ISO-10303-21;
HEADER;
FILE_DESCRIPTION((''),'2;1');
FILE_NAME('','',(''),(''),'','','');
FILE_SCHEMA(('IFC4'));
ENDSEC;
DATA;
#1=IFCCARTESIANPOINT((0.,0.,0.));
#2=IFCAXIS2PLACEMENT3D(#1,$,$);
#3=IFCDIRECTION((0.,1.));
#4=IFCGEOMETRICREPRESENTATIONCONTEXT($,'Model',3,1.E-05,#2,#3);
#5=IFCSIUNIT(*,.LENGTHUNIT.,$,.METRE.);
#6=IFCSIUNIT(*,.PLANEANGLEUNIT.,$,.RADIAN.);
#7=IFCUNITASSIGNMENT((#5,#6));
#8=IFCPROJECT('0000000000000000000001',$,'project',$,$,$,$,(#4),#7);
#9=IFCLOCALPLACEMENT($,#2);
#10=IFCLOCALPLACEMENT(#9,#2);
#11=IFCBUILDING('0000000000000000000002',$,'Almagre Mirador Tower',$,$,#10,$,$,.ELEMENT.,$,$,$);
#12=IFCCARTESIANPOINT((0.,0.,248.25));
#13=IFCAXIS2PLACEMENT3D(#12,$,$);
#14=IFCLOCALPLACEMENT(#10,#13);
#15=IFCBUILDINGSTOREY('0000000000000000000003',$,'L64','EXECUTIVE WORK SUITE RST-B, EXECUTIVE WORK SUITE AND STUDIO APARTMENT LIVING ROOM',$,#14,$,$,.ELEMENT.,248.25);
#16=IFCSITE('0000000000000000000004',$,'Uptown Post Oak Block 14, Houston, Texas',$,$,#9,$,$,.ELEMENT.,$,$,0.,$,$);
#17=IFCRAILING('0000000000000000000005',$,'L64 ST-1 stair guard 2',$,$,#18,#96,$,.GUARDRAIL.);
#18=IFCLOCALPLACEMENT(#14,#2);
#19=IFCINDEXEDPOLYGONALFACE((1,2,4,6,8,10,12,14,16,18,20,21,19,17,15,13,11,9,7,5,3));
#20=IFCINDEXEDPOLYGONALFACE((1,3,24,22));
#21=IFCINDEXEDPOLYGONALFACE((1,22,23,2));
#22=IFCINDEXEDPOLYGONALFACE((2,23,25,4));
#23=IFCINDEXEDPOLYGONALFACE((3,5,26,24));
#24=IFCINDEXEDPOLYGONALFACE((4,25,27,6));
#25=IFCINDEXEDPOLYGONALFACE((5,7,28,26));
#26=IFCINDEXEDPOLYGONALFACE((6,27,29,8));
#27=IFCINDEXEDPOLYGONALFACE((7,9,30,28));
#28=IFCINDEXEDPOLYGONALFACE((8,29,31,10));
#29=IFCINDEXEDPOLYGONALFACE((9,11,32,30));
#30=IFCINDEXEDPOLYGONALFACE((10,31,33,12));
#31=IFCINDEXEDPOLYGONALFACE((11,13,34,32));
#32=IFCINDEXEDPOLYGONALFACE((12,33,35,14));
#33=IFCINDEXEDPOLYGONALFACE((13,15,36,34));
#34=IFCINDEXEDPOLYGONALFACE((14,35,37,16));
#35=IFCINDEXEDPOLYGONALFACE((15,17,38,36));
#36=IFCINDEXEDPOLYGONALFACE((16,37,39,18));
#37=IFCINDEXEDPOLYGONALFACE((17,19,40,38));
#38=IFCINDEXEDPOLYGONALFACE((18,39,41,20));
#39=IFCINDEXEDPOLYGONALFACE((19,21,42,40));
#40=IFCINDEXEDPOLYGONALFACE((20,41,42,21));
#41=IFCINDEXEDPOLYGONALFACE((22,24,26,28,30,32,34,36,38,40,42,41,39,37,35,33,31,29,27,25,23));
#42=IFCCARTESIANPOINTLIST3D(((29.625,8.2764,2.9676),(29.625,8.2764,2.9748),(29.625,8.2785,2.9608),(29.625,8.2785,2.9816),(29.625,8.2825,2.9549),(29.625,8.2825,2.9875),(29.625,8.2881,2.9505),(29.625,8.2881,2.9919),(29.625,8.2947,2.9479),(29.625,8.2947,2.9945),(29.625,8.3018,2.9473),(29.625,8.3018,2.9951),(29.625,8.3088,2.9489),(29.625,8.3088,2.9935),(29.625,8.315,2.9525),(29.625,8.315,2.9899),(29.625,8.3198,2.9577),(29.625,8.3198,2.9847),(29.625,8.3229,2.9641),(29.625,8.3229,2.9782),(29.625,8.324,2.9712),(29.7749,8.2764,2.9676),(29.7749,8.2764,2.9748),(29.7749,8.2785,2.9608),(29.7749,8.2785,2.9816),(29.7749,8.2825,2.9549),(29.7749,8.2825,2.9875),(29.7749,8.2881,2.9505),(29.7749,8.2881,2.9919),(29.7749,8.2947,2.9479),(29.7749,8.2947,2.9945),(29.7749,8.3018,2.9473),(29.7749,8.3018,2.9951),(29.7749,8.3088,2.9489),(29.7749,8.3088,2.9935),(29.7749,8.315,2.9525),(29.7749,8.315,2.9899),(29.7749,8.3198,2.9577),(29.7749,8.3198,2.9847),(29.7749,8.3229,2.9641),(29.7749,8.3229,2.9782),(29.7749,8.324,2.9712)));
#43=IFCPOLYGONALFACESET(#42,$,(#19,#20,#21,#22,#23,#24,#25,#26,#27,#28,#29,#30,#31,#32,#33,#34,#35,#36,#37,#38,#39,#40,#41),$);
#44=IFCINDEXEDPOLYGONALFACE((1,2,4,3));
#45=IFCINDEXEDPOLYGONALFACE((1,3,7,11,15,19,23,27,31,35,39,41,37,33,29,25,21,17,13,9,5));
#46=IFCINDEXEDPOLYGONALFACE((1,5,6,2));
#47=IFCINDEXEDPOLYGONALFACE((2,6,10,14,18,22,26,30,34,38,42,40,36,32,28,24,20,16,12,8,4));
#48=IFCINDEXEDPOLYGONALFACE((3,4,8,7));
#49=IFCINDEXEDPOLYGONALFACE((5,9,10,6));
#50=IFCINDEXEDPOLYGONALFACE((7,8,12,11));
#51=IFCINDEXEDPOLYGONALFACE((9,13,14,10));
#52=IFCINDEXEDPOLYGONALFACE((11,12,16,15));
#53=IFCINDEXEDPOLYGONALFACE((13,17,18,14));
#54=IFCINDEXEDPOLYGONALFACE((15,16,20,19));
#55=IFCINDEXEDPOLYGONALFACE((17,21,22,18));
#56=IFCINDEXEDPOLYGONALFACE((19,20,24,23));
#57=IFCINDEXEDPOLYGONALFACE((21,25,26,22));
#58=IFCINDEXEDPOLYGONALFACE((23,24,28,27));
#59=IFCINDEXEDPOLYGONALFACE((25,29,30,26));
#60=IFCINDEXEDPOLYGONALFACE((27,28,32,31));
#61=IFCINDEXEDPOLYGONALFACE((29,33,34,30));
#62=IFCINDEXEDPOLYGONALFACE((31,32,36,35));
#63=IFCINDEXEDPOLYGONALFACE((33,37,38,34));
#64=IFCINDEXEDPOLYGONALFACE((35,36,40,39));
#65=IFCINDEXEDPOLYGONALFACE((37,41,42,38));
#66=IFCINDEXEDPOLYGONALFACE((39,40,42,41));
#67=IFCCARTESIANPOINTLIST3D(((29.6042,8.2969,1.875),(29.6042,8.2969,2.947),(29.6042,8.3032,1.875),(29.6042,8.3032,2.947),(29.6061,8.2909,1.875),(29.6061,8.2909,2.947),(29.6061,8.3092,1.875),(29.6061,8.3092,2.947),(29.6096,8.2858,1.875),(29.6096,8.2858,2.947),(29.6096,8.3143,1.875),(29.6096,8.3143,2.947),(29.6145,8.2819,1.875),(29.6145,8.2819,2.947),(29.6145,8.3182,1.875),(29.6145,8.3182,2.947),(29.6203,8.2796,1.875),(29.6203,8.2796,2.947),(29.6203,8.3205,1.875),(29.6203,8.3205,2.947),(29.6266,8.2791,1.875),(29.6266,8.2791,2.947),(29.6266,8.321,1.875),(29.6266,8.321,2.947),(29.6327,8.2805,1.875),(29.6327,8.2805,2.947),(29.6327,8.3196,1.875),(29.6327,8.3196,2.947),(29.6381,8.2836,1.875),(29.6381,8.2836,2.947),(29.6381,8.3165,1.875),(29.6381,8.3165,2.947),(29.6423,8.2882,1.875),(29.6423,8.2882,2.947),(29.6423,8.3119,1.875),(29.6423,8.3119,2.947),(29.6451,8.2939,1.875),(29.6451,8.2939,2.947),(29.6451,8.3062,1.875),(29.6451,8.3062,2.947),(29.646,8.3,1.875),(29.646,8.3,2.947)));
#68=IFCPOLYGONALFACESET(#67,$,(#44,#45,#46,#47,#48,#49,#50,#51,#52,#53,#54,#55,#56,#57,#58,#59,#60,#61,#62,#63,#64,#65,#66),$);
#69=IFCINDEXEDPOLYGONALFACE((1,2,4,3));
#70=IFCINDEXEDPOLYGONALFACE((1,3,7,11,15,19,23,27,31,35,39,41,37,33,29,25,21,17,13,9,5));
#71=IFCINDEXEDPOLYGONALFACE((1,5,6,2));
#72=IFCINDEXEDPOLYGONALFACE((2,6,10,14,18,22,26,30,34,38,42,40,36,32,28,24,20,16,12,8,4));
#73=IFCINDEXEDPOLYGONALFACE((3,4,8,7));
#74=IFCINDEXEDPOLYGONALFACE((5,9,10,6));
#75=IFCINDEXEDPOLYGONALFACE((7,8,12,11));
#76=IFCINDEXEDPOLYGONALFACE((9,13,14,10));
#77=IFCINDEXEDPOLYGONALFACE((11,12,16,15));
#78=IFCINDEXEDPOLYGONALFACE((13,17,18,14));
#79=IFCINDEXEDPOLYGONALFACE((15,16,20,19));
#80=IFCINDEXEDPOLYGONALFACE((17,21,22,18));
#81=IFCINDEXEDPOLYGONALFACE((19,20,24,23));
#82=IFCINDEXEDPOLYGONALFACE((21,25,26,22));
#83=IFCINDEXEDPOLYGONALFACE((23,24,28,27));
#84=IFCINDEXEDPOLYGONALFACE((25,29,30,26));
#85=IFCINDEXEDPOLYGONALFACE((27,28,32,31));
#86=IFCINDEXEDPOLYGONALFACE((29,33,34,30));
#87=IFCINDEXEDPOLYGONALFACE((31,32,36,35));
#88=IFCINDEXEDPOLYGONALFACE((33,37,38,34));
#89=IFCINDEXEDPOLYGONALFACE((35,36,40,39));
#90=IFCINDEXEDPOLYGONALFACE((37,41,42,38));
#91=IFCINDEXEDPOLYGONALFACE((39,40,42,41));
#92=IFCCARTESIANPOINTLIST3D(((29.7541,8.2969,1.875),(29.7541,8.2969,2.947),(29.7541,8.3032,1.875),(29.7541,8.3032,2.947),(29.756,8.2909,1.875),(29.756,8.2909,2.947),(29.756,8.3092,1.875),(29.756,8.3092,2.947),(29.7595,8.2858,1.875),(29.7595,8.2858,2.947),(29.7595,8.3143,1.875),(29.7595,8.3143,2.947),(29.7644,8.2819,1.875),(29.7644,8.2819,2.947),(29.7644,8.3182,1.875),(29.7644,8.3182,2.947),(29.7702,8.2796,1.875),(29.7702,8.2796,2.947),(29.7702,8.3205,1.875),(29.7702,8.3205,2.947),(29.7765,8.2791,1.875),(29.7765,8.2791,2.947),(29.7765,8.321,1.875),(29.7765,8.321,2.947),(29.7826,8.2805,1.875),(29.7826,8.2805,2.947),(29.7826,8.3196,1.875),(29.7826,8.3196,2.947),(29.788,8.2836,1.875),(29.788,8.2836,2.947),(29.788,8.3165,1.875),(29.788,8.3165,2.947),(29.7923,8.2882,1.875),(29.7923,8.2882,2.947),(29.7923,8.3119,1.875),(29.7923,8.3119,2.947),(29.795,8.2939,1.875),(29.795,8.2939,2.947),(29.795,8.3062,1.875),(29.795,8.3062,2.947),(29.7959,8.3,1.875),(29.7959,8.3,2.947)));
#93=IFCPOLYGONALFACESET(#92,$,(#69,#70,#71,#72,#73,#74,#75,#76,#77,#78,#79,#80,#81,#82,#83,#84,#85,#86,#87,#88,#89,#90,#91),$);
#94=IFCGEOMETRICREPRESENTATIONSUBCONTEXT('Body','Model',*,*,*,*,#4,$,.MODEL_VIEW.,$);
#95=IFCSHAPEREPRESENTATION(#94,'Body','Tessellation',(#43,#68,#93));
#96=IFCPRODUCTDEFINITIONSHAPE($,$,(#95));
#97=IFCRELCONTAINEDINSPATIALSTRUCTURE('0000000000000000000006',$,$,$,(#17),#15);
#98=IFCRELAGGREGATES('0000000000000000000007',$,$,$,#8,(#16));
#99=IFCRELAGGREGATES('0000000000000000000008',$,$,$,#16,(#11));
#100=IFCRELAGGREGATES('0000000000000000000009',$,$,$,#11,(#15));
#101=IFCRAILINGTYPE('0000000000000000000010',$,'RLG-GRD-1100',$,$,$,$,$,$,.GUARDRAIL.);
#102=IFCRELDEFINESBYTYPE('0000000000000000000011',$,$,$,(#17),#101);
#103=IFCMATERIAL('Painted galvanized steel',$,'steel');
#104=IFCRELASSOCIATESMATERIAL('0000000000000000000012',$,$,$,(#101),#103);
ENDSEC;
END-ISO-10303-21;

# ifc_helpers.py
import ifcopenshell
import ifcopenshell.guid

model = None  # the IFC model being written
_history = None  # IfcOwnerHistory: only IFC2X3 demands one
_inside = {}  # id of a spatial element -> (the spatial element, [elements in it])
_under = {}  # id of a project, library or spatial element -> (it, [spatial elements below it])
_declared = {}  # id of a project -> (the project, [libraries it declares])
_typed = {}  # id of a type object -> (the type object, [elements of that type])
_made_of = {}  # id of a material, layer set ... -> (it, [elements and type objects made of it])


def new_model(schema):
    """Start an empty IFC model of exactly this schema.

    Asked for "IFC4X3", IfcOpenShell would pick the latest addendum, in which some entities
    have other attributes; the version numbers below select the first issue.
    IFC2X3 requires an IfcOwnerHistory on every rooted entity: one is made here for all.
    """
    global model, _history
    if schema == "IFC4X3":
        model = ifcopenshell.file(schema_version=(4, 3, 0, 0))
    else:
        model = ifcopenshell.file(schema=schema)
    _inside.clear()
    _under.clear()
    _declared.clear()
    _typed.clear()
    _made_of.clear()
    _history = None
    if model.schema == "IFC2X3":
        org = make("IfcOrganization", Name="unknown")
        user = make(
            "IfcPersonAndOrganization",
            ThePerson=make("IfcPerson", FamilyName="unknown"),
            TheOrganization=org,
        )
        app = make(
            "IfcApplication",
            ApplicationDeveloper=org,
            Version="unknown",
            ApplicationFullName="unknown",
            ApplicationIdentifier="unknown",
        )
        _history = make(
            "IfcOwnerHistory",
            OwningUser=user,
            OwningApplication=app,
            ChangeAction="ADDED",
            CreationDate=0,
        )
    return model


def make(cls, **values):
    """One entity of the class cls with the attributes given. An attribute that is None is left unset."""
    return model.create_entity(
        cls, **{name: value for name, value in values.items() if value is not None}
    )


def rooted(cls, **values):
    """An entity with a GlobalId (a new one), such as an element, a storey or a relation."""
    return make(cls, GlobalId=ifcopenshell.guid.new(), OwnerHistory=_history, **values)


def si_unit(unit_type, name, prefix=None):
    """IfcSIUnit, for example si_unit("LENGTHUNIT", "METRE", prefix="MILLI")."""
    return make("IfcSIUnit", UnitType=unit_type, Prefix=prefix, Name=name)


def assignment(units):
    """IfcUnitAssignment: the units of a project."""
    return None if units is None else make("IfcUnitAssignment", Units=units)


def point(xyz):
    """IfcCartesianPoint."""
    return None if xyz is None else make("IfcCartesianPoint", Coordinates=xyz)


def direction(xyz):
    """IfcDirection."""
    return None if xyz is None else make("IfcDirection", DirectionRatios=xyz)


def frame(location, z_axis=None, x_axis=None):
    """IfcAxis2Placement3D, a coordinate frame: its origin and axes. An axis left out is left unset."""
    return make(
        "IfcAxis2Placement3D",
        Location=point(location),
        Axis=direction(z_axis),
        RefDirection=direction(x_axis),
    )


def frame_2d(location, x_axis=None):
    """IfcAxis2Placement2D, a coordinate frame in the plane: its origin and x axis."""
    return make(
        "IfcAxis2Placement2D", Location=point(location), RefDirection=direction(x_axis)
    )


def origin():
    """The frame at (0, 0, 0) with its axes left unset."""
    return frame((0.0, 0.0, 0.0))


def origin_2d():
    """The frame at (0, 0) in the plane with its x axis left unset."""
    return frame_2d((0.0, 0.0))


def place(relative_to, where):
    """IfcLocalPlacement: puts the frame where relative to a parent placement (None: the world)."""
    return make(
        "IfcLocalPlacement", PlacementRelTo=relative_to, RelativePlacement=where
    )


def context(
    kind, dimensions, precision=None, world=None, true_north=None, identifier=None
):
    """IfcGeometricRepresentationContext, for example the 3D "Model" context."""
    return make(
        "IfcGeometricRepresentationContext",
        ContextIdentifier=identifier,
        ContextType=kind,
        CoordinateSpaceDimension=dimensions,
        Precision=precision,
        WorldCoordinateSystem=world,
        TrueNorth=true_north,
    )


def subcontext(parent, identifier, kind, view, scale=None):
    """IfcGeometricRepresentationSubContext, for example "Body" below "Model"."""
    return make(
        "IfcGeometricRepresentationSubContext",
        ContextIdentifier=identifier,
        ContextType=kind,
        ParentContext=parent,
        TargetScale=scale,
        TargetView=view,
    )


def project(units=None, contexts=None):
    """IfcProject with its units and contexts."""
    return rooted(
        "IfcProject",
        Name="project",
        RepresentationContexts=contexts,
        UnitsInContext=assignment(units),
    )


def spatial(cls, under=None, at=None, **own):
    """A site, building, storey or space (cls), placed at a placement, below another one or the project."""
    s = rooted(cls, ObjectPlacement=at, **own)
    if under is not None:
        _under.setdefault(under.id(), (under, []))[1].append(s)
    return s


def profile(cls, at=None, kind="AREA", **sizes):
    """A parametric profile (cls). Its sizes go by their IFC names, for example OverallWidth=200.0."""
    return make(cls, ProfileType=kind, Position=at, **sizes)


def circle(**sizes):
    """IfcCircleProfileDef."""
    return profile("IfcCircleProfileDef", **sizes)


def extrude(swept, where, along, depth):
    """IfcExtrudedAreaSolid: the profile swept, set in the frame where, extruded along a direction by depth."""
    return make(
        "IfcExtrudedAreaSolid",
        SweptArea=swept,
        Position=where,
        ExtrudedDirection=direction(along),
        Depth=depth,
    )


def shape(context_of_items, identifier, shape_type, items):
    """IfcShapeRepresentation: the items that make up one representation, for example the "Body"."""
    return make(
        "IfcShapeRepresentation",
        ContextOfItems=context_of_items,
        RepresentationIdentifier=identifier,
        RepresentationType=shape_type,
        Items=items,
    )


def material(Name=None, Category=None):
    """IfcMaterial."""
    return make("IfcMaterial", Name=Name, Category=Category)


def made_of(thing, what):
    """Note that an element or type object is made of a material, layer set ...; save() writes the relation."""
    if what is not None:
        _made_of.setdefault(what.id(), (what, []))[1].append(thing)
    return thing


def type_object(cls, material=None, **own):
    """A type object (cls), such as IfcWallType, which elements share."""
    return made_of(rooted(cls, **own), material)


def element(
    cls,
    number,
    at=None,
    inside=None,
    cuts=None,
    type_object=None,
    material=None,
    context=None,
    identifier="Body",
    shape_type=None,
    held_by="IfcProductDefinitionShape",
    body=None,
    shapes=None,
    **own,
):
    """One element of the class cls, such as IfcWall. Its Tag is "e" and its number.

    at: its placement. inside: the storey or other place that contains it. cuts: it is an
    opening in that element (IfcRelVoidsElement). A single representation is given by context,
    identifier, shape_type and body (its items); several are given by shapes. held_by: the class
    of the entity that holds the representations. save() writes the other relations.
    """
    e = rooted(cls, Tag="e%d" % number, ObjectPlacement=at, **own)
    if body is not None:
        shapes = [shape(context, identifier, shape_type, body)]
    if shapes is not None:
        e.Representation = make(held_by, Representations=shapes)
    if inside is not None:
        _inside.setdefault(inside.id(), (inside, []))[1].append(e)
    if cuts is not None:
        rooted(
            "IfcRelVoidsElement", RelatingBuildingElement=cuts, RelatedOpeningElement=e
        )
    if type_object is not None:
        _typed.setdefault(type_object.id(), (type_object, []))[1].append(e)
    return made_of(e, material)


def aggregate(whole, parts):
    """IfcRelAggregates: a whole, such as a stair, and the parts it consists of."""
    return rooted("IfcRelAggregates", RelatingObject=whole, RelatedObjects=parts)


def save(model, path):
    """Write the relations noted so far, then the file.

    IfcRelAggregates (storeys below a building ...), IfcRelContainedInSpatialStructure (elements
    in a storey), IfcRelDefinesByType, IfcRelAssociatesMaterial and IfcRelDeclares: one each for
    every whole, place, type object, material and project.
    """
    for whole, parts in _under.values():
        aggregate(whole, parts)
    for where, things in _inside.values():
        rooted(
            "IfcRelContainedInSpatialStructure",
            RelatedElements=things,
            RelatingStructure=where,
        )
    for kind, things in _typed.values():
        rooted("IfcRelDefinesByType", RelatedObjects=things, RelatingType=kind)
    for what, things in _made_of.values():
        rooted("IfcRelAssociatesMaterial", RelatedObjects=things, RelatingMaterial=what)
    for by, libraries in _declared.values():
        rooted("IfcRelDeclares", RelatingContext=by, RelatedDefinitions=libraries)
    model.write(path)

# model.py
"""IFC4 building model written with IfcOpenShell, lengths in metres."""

from ifc_helpers import new_model, si_unit, direction, frame, origin, origin_2d, place, context, subcontext, project, spatial, circle, extrude, material, type_object, element, save


model = new_model("IFC4")

# Units and contexts
model_context = context("Model", 3, precision=1e-05, world=origin(), true_north=direction((0.0, 1.0)))
body_context = subcontext(model_context, "Body", "Model", "MODEL_VIEW")
ifc_project = project(units=[si_unit("LENGTHUNIT", "METRE"), si_unit("PLANEANGLEUNIT", "RADIAN")], contexts=[model_context])

# Site, building, storey
site_placement = place(None, origin())
site = spatial("IfcSite", under=ifc_project, at=site_placement, Name="Uptown Post Oak Block 14, Houston, Texas", CompositionType="ELEMENT", RefElevation=0.0)
building_placement = place(site_placement, origin())
building = spatial("IfcBuilding", under=site, at=building_placement, Name="Almagre Mirador Tower", CompositionType="ELEMENT")
storey_placement = place(building_placement, frame((0.0, 0.0, 248.25)))
storey = spatial("IfcBuildingStorey", under=building, at=storey_placement, Name="L64", Description="EXECUTIVE WORK SUITE RST-B, EXECUTIVE WORK SUITE AND STUDIO APARTMENT LIVING ROOM", CompositionType="ELEMENT", Elevation=248.25)

# Railing
ifc_material_1 = material(Name="Painted galvanized steel", Category="steel")
railing_type = type_object("IfcRailingType", Name="RLG-GRD-1100", PredefinedType="GUARDRAIL", material=ifc_material_1)
railing_placement = place(storey_placement, frame((29.625, 8.3, 1.875)))
element("IfcRailing", 1, at=railing_placement, inside=storey, type_object=railing_type, Name="L64 ST-1 stair guard 2", PredefinedType="GUARDRAIL", context=body_context, shape_type="SweptSolid", body=[
    extrude(circle(Radius=0.0239, at=origin_2d()), frame((0.0, 0.0, 1.0962), z_axis=(1.0, 0.0, 0.0), x_axis=(0.0, 1.0, 0.0)), (0.0, 0.0, 1.0), 0.1499),
    extrude(circle(Radius=0.021, at=origin_2d()), origin(), (0.0, 0.0, 1.0), 1.072),
    extrude(circle(Radius=0.021, at=origin_2d()), frame((0.1499, 0.0, 0.0)), (0.0, 0.0, 1.0), 1.072),
])

save(model, "model.ifc")
